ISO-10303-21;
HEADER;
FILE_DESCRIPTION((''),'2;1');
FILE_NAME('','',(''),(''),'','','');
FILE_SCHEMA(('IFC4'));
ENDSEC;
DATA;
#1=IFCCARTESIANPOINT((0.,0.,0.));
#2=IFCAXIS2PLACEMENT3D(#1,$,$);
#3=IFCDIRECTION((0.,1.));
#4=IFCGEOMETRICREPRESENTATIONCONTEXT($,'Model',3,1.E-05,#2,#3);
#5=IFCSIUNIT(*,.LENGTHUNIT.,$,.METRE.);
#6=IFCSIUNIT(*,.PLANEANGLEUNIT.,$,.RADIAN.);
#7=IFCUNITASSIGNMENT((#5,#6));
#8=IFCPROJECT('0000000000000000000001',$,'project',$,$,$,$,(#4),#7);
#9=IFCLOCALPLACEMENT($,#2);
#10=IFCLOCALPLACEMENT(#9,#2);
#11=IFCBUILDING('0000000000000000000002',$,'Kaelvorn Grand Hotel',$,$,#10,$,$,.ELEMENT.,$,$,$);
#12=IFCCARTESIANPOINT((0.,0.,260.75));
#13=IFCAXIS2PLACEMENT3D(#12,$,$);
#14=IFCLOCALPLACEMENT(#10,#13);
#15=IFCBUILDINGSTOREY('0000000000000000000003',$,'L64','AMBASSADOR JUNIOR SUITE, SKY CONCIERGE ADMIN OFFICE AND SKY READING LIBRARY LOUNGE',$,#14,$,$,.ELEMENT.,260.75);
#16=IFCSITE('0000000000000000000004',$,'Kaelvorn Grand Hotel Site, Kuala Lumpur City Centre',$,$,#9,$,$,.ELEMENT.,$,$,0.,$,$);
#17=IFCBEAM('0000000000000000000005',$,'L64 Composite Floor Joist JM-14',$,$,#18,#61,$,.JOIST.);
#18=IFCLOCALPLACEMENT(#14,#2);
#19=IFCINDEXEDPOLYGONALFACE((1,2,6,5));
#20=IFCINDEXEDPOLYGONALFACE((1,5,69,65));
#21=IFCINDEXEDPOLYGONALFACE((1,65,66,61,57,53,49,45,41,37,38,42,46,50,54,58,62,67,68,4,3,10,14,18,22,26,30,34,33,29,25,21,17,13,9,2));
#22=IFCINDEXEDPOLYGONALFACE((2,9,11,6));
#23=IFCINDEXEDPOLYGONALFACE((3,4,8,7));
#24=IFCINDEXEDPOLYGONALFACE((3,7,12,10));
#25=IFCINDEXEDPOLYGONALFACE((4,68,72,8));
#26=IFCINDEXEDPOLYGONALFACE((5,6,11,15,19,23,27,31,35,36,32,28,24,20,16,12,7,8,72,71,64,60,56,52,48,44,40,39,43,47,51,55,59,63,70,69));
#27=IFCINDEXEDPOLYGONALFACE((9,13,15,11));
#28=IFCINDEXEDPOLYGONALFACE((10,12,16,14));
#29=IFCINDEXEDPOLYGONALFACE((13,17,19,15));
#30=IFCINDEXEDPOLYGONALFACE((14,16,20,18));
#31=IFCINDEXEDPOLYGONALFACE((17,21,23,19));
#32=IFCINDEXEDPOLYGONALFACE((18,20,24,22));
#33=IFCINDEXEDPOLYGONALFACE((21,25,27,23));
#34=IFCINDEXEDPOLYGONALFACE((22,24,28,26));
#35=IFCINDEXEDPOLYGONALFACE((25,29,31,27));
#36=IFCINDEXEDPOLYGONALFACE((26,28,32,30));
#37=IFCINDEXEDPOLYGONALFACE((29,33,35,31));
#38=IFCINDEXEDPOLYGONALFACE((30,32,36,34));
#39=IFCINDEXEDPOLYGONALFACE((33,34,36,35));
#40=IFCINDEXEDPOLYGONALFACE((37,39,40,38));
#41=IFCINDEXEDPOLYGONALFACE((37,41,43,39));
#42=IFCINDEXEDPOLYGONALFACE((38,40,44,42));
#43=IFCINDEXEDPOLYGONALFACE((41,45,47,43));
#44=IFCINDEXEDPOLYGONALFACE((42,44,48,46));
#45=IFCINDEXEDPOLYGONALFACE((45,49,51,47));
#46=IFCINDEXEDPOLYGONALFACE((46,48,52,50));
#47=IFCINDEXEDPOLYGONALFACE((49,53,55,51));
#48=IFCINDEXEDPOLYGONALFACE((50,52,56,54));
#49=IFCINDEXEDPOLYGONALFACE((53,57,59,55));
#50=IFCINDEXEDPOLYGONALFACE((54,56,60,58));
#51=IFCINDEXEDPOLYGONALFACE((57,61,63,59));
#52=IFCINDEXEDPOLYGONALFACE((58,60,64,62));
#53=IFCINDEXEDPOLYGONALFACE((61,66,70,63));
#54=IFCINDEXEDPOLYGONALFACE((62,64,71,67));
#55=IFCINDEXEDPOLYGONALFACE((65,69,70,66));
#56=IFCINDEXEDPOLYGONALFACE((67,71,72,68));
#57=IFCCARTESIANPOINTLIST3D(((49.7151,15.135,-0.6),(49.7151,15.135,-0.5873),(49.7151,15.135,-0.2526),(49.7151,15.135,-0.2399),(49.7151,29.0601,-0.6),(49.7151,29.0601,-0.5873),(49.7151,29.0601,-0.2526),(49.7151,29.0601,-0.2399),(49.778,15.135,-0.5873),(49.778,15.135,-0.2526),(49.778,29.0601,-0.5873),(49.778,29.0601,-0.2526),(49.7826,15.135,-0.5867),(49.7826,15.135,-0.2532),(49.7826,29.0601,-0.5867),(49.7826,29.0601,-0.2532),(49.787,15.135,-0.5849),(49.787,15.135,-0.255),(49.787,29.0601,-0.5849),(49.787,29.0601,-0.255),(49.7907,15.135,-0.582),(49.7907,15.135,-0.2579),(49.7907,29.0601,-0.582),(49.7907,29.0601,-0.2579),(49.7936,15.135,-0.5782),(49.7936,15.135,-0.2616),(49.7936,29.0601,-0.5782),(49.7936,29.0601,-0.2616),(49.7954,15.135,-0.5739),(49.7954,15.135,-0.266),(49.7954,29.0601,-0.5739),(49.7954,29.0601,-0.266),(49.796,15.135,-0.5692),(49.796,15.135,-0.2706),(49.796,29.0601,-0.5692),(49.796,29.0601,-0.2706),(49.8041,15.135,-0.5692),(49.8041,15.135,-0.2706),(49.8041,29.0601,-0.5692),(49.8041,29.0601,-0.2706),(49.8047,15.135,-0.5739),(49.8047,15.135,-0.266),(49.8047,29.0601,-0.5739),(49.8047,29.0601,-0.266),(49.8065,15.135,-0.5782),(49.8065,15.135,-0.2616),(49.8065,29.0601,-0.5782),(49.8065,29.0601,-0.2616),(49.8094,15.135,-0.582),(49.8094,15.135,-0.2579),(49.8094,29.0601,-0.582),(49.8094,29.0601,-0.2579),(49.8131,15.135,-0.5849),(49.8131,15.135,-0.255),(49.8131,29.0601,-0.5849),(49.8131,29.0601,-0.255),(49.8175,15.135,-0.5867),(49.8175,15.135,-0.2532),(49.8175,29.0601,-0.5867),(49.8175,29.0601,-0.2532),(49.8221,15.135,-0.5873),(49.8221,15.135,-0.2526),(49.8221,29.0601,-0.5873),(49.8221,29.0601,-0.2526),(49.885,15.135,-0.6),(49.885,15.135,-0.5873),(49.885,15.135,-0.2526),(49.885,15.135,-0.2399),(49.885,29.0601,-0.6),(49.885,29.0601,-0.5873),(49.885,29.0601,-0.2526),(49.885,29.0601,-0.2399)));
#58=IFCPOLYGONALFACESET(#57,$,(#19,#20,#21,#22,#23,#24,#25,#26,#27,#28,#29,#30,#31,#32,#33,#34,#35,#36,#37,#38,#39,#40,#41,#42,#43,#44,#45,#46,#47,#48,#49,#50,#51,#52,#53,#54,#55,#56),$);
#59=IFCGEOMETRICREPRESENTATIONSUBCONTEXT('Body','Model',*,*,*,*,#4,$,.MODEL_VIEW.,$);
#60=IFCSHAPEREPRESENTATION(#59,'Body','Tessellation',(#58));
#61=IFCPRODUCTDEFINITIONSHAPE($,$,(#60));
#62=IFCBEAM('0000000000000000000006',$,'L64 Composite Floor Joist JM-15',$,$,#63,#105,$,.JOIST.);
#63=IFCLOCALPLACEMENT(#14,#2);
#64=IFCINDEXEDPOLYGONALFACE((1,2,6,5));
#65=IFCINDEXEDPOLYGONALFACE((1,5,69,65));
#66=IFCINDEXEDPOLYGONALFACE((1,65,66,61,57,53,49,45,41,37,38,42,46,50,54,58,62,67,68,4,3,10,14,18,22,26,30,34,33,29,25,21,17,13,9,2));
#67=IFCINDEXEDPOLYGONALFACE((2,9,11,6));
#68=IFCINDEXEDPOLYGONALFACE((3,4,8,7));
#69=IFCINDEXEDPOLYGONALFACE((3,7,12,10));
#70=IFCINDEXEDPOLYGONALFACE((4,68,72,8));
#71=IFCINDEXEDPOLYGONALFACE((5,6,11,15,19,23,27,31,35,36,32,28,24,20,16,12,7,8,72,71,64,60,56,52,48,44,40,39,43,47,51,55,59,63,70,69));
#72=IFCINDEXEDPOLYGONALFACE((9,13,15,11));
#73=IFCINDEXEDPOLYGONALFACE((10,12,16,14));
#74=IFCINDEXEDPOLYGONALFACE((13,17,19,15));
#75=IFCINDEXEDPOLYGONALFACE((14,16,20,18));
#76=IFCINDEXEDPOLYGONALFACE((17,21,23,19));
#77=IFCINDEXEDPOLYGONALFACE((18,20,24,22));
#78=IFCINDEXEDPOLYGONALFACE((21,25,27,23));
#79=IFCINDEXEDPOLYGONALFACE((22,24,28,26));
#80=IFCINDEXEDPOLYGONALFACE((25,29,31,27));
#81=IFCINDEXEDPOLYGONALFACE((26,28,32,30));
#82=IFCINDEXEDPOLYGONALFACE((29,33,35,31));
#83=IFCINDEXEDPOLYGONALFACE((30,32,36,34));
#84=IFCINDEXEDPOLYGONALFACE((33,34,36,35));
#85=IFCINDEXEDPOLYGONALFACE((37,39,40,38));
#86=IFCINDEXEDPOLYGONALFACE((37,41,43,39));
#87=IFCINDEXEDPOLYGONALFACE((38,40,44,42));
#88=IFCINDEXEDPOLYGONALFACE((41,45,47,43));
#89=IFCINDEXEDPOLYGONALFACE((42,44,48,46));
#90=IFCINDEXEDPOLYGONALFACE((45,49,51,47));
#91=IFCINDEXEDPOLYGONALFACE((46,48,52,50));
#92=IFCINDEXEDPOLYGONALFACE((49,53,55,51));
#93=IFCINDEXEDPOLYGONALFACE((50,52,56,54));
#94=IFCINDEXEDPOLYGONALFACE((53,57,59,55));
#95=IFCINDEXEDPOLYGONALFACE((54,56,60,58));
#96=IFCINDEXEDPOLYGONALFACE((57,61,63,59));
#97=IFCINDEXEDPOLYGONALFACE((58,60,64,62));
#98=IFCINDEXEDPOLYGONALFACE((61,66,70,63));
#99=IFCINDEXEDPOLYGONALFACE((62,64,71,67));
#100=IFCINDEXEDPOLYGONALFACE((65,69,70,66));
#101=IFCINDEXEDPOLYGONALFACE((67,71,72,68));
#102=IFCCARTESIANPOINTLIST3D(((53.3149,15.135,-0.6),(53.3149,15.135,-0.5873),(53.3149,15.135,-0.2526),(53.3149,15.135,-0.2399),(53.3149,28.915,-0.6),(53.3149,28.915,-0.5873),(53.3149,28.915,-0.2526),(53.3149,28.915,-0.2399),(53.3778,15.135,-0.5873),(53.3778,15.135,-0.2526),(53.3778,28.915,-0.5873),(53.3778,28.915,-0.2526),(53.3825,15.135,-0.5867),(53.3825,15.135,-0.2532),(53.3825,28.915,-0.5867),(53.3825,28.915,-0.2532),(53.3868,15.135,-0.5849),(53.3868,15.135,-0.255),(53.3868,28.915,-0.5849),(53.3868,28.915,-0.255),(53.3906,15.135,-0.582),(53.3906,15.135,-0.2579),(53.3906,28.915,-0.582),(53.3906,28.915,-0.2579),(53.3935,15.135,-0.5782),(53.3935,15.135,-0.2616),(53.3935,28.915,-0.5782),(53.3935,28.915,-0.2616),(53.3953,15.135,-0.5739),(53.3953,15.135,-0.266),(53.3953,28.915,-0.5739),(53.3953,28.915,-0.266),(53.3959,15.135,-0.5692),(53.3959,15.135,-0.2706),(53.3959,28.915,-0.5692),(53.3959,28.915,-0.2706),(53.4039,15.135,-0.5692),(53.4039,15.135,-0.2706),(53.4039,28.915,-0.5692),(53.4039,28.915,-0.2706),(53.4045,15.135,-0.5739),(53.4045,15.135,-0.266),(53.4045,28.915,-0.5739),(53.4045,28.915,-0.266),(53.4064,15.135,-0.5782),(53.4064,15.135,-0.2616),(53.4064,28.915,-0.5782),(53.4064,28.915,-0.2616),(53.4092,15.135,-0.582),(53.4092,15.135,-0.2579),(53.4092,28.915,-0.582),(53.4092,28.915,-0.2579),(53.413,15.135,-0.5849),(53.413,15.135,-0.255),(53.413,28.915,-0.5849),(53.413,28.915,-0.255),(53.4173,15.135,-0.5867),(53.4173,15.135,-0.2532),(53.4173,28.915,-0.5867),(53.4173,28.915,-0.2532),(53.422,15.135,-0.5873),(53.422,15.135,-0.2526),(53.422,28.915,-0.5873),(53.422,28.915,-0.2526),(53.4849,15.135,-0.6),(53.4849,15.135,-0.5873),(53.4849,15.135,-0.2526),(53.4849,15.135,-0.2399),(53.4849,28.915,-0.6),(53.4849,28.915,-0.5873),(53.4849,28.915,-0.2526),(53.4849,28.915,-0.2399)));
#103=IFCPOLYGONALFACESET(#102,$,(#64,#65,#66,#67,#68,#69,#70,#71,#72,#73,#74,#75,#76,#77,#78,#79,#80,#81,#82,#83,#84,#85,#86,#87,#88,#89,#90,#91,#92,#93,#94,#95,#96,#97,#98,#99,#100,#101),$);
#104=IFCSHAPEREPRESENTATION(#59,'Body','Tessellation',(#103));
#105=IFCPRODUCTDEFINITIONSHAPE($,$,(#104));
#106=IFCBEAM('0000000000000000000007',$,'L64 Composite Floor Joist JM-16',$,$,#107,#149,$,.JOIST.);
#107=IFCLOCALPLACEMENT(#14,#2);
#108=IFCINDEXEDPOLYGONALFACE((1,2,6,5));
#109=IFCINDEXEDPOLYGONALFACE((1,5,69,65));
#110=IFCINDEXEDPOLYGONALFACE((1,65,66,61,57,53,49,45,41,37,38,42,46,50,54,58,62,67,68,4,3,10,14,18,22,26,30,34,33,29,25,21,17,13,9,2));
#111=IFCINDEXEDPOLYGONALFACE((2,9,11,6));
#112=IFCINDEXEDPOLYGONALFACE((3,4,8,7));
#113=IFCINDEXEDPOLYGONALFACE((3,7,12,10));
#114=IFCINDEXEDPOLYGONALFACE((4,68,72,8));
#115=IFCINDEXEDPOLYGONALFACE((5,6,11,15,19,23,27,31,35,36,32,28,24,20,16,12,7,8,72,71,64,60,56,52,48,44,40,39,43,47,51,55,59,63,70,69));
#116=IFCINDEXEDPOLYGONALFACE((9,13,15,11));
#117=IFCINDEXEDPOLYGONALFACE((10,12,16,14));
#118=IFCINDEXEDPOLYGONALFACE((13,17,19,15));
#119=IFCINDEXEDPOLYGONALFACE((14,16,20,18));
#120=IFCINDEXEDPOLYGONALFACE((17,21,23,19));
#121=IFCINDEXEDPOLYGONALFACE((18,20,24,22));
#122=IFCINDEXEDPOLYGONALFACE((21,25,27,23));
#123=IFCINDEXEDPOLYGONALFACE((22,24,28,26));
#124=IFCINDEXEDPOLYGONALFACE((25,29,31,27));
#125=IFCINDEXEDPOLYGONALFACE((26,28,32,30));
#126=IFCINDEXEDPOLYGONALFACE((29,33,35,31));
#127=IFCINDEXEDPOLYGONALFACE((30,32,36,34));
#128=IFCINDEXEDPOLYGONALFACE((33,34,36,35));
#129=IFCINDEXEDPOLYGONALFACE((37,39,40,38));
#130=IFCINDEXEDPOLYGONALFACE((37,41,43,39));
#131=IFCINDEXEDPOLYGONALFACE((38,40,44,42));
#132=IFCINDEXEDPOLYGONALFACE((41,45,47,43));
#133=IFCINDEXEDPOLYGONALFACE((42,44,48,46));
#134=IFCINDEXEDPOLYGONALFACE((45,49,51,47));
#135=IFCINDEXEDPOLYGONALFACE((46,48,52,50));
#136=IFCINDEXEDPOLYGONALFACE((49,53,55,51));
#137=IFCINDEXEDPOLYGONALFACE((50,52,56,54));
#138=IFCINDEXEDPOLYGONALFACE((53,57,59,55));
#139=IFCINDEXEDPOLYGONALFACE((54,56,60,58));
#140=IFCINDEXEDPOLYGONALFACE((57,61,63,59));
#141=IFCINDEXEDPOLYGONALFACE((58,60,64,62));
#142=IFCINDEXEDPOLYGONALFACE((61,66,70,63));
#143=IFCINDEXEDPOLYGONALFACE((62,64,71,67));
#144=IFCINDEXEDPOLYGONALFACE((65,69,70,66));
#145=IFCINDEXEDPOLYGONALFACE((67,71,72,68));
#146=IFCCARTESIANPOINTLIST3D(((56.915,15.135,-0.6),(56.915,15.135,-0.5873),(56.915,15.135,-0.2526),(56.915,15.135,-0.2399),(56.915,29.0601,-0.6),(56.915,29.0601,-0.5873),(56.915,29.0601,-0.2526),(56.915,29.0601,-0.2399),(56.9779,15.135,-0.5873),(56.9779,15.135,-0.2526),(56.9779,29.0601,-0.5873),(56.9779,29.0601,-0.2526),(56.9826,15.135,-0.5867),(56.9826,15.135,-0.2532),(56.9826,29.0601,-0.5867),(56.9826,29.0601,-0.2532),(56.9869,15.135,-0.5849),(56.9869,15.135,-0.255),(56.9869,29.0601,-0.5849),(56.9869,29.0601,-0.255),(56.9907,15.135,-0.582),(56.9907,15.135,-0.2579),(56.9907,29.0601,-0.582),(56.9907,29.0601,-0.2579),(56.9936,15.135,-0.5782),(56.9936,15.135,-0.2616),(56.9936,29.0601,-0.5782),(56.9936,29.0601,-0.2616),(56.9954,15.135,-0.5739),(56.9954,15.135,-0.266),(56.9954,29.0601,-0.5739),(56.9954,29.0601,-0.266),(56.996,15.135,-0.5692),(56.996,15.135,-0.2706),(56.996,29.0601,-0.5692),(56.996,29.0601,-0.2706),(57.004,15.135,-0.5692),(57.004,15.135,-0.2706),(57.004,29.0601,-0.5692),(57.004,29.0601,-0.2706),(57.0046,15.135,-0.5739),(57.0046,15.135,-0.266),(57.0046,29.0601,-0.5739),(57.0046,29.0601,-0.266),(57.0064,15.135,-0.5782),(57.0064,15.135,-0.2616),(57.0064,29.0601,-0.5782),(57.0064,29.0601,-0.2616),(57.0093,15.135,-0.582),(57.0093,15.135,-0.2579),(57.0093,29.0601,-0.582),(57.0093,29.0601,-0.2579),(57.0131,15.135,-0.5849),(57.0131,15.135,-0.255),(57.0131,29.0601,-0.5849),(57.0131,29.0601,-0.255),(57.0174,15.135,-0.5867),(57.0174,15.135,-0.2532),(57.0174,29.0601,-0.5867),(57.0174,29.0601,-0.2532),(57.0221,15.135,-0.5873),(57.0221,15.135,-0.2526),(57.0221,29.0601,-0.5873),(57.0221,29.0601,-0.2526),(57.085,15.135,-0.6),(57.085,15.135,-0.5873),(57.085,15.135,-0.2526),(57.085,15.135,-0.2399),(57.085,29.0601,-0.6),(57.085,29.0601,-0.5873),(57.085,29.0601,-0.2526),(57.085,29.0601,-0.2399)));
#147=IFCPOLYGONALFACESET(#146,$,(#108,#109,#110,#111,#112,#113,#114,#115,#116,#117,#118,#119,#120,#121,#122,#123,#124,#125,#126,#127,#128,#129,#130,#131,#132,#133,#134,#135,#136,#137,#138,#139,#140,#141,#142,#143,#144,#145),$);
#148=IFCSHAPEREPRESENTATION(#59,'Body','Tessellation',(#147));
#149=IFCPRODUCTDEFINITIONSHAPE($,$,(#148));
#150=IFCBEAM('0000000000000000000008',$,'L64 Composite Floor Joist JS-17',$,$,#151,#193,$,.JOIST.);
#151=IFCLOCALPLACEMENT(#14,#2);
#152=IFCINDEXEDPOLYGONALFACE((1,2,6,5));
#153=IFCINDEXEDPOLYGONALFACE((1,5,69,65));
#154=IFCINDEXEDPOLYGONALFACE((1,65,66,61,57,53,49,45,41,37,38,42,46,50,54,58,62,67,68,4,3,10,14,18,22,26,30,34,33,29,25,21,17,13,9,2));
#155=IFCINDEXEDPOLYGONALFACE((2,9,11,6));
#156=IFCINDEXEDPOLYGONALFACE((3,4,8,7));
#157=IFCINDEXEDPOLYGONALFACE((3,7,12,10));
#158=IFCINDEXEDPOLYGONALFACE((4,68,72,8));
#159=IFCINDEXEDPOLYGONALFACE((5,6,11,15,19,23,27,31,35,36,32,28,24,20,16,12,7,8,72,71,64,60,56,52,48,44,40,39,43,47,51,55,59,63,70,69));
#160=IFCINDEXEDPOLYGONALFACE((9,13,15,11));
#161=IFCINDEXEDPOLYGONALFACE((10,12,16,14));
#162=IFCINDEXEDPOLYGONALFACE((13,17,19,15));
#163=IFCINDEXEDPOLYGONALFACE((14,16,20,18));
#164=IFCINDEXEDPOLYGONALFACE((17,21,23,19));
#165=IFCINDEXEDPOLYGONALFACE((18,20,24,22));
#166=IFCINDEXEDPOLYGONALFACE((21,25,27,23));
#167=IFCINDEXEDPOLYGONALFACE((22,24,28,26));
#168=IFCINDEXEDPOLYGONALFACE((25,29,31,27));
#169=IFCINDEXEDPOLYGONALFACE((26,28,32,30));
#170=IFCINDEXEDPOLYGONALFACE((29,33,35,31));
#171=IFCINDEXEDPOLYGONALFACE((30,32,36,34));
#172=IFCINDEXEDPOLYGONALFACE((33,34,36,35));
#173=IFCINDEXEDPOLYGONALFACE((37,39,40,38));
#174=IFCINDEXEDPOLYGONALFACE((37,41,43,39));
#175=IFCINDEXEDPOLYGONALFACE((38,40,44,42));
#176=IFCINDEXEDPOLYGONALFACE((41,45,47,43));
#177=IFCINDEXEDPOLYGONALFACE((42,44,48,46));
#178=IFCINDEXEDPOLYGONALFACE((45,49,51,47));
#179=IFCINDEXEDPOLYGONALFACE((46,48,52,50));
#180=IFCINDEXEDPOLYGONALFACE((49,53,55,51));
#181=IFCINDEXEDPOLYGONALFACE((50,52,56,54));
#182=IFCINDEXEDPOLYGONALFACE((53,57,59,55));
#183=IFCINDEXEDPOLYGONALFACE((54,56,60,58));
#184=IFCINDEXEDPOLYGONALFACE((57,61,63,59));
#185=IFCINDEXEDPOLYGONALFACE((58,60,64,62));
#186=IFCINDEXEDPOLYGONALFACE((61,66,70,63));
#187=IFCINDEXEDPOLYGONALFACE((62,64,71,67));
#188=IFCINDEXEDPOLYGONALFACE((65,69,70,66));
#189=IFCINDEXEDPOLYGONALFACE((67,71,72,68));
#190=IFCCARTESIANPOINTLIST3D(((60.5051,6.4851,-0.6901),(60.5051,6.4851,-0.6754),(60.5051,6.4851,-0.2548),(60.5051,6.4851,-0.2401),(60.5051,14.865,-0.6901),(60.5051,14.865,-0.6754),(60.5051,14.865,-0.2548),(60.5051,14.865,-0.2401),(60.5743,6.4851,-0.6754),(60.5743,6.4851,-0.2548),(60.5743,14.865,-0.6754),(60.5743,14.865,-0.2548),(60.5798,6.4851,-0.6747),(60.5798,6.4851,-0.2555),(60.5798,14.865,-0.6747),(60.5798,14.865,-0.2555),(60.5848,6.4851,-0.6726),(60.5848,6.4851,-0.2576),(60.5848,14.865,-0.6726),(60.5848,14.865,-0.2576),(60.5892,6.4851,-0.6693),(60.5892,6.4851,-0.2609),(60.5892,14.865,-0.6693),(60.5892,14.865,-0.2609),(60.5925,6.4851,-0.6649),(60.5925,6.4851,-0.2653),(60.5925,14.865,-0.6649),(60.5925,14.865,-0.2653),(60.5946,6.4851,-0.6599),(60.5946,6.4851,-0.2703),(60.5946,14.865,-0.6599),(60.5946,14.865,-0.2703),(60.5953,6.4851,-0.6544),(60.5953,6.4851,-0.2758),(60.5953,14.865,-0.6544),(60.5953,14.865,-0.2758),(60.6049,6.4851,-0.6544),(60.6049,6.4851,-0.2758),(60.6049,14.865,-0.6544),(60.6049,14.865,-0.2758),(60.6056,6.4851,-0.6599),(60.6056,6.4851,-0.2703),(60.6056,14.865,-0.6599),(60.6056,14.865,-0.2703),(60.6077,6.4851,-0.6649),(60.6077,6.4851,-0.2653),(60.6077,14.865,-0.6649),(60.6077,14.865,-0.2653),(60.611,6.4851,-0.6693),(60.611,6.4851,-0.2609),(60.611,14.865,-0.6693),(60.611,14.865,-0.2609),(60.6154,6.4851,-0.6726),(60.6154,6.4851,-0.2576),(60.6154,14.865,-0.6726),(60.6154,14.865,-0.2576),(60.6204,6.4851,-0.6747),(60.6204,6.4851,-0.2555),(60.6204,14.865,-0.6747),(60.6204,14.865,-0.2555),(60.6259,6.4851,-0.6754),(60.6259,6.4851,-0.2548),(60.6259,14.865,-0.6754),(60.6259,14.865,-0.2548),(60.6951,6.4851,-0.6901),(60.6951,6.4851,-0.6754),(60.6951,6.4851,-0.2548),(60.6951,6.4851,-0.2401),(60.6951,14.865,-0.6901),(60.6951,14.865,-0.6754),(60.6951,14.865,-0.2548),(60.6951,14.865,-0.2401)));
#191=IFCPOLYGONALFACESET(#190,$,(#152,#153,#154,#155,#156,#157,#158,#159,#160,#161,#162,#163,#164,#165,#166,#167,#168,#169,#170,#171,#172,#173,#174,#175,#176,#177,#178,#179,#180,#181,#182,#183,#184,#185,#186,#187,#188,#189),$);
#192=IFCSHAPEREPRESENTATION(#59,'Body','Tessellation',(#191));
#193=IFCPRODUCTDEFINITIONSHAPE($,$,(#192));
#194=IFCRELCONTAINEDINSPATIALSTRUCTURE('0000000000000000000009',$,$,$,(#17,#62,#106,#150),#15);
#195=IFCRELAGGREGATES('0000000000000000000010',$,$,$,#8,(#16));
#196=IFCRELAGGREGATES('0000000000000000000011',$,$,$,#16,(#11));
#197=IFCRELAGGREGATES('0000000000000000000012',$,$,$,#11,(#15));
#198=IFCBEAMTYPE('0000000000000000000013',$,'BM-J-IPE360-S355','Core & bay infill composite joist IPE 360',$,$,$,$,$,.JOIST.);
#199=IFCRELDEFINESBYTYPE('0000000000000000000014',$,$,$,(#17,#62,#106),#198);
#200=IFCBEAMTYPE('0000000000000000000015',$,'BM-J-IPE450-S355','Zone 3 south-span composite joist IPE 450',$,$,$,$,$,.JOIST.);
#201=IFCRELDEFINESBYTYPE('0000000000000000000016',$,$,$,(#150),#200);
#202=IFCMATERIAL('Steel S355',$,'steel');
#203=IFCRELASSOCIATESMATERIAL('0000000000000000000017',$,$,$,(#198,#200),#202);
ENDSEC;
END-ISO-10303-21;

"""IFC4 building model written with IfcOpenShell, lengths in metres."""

from ifc_helpers import new_model, si_unit, direction, frame, origin, origin_2d, place, context, subcontext, project, spatial, i_section, extrude, material, material_profile, profile_set, type_object, element, save


model = new_model("IFC4")

# Units and contexts
model_context = context("Model", 3, precision=1e-05, world=origin(), true_north=direction((0.0, 1.0)))
body_context = subcontext(model_context, "Body", "Model", "MODEL_VIEW")
ifc_project = project(units=[si_unit("LENGTHUNIT", "METRE"), si_unit("PLANEANGLEUNIT", "RADIAN")], contexts=[model_context])

# Site, building, storey
site_placement = place(None, origin())
site = spatial("IfcSite", under=ifc_project, at=site_placement, Name="Kaelvorn Grand Hotel Site, Kuala Lumpur City Centre", CompositionType="ELEMENT", RefElevation=0.0)
building_placement = place(site_placement, origin())
building = spatial("IfcBuilding", under=site, at=building_placement, Name="Kaelvorn Grand Hotel", CompositionType="ELEMENT")
storey_placement = place(building_placement, frame((0.0, 0.0, 260.75)))
storey = spatial("IfcBuildingStorey", under=building, at=storey_placement, Name="L64", Description="AMBASSADOR JUNIOR SUITE, SKY CONCIERGE ADMIN OFFICE AND SKY READING LIBRARY LOUNGE", CompositionType="ELEMENT", Elevation=260.75)

# Beams
ifc_material_1 = material(Name="Steel S355", Category="steel")
ifc_material_profile_1 = material_profile(ifc_material_1, i_section(OverallWidth=0.1699, OverallDepth=0.3601, WebThickness=0.0081, FlangeThickness=0.0127, FilletRadius=0.0181, at=origin_2d()), Name="IPE 360")
ifc_profile_set_1 = profile_set([ifc_material_profile_1], Name="Steel S355")
beam_type_1 = type_object("IfcBeamType", Name="BM-J-IPE360-S355", Description="Core & bay infill composite joist IPE 360", PredefinedType="JOIST", material=ifc_profile_set_1)
beam_1_placement = place(storey_placement, frame((49.8, 15.135, -0.4199), z_axis=(0.0, 1.0, 0.0), x_axis=(-1.0, 0.0, 0.0)))
element("IfcBeam", 1, at=beam_1_placement, inside=storey, type_object=beam_type_1, Name="L64 Composite Floor Joist JM-14", PredefinedType="JOIST", context=body_context, shape_type="SweptSolid", body=[
    extrude(i_section(OverallWidth=0.1699, OverallDepth=0.3601, WebThickness=0.0081, FlangeThickness=0.0127, FilletRadius=0.0181, at=origin_2d()), origin(), (0.0, 0.0, 1.0), 13.925),
])
beam_2_placement = place(storey_placement, frame((53.3999, 15.135, -0.4199), z_axis=(0.0, 1.0, 0.0), x_axis=(-1.0, 0.0, 0.0)))
element("IfcBeam", 2, at=beam_2_placement, inside=storey, type_object=beam_type_1, Name="L64 Composite Floor Joist JM-15", PredefinedType="JOIST", context=body_context, shape_type="SweptSolid", body=[
    extrude(i_section(OverallWidth=0.1699, OverallDepth=0.3601, WebThickness=0.0081, FlangeThickness=0.0127, FilletRadius=0.0181, at=origin_2d()), origin(), (0.0, 0.0, 1.0), 13.78),
])
beam_3_placement = place(storey_placement, frame((57.0, 15.135, -0.4199), z_axis=(0.0, 1.0, 0.0), x_axis=(-1.0, 0.0, 0.0)))
element("IfcBeam", 3, at=beam_3_placement, inside=storey, type_object=beam_type_1, Name="L64 Composite Floor Joist JM-16", PredefinedType="JOIST", context=body_context, shape_type="SweptSolid", body=[
    extrude(i_section(OverallWidth=0.1699, OverallDepth=0.3601, WebThickness=0.0081, FlangeThickness=0.0127, FilletRadius=0.0181, at=origin_2d()), origin(), (0.0, 0.0, 1.0), 13.925),
])
ifc_material_profile_2 = material_profile(ifc_material_1, i_section(OverallWidth=0.1899, OverallDepth=0.45, WebThickness=0.0095, FlangeThickness=0.0146, FilletRadius=0.021, at=origin_2d()), Name="IPE 450")
ifc_profile_set_2 = profile_set([ifc_material_profile_2], Name="Steel S355")
beam_type_2 = type_object("IfcBeamType", Name="BM-J-IPE450-S355", Description="Zone 3 south-span composite joist IPE 450", PredefinedType="JOIST", material=ifc_profile_set_2)
beam_4_placement = place(storey_placement, frame((60.6001, 6.4851, -0.4651), z_axis=(0.0, 1.0, 0.0), x_axis=(-1.0, 0.0, 0.0)))
element("IfcBeam", 4, at=beam_4_placement, inside=storey, type_object=beam_type_2, Name="L64 Composite Floor Joist JS-17", PredefinedType="JOIST", context=body_context, shape_type="SweptSolid", body=[
    extrude(i_section(OverallWidth=0.1899, OverallDepth=0.45, WebThickness=0.0095, FlangeThickness=0.0146, FilletRadius=0.021, at=origin_2d()), origin(), (0.0, 0.0, 1.0), 8.3799),
])

save(model, "model.ifc")
